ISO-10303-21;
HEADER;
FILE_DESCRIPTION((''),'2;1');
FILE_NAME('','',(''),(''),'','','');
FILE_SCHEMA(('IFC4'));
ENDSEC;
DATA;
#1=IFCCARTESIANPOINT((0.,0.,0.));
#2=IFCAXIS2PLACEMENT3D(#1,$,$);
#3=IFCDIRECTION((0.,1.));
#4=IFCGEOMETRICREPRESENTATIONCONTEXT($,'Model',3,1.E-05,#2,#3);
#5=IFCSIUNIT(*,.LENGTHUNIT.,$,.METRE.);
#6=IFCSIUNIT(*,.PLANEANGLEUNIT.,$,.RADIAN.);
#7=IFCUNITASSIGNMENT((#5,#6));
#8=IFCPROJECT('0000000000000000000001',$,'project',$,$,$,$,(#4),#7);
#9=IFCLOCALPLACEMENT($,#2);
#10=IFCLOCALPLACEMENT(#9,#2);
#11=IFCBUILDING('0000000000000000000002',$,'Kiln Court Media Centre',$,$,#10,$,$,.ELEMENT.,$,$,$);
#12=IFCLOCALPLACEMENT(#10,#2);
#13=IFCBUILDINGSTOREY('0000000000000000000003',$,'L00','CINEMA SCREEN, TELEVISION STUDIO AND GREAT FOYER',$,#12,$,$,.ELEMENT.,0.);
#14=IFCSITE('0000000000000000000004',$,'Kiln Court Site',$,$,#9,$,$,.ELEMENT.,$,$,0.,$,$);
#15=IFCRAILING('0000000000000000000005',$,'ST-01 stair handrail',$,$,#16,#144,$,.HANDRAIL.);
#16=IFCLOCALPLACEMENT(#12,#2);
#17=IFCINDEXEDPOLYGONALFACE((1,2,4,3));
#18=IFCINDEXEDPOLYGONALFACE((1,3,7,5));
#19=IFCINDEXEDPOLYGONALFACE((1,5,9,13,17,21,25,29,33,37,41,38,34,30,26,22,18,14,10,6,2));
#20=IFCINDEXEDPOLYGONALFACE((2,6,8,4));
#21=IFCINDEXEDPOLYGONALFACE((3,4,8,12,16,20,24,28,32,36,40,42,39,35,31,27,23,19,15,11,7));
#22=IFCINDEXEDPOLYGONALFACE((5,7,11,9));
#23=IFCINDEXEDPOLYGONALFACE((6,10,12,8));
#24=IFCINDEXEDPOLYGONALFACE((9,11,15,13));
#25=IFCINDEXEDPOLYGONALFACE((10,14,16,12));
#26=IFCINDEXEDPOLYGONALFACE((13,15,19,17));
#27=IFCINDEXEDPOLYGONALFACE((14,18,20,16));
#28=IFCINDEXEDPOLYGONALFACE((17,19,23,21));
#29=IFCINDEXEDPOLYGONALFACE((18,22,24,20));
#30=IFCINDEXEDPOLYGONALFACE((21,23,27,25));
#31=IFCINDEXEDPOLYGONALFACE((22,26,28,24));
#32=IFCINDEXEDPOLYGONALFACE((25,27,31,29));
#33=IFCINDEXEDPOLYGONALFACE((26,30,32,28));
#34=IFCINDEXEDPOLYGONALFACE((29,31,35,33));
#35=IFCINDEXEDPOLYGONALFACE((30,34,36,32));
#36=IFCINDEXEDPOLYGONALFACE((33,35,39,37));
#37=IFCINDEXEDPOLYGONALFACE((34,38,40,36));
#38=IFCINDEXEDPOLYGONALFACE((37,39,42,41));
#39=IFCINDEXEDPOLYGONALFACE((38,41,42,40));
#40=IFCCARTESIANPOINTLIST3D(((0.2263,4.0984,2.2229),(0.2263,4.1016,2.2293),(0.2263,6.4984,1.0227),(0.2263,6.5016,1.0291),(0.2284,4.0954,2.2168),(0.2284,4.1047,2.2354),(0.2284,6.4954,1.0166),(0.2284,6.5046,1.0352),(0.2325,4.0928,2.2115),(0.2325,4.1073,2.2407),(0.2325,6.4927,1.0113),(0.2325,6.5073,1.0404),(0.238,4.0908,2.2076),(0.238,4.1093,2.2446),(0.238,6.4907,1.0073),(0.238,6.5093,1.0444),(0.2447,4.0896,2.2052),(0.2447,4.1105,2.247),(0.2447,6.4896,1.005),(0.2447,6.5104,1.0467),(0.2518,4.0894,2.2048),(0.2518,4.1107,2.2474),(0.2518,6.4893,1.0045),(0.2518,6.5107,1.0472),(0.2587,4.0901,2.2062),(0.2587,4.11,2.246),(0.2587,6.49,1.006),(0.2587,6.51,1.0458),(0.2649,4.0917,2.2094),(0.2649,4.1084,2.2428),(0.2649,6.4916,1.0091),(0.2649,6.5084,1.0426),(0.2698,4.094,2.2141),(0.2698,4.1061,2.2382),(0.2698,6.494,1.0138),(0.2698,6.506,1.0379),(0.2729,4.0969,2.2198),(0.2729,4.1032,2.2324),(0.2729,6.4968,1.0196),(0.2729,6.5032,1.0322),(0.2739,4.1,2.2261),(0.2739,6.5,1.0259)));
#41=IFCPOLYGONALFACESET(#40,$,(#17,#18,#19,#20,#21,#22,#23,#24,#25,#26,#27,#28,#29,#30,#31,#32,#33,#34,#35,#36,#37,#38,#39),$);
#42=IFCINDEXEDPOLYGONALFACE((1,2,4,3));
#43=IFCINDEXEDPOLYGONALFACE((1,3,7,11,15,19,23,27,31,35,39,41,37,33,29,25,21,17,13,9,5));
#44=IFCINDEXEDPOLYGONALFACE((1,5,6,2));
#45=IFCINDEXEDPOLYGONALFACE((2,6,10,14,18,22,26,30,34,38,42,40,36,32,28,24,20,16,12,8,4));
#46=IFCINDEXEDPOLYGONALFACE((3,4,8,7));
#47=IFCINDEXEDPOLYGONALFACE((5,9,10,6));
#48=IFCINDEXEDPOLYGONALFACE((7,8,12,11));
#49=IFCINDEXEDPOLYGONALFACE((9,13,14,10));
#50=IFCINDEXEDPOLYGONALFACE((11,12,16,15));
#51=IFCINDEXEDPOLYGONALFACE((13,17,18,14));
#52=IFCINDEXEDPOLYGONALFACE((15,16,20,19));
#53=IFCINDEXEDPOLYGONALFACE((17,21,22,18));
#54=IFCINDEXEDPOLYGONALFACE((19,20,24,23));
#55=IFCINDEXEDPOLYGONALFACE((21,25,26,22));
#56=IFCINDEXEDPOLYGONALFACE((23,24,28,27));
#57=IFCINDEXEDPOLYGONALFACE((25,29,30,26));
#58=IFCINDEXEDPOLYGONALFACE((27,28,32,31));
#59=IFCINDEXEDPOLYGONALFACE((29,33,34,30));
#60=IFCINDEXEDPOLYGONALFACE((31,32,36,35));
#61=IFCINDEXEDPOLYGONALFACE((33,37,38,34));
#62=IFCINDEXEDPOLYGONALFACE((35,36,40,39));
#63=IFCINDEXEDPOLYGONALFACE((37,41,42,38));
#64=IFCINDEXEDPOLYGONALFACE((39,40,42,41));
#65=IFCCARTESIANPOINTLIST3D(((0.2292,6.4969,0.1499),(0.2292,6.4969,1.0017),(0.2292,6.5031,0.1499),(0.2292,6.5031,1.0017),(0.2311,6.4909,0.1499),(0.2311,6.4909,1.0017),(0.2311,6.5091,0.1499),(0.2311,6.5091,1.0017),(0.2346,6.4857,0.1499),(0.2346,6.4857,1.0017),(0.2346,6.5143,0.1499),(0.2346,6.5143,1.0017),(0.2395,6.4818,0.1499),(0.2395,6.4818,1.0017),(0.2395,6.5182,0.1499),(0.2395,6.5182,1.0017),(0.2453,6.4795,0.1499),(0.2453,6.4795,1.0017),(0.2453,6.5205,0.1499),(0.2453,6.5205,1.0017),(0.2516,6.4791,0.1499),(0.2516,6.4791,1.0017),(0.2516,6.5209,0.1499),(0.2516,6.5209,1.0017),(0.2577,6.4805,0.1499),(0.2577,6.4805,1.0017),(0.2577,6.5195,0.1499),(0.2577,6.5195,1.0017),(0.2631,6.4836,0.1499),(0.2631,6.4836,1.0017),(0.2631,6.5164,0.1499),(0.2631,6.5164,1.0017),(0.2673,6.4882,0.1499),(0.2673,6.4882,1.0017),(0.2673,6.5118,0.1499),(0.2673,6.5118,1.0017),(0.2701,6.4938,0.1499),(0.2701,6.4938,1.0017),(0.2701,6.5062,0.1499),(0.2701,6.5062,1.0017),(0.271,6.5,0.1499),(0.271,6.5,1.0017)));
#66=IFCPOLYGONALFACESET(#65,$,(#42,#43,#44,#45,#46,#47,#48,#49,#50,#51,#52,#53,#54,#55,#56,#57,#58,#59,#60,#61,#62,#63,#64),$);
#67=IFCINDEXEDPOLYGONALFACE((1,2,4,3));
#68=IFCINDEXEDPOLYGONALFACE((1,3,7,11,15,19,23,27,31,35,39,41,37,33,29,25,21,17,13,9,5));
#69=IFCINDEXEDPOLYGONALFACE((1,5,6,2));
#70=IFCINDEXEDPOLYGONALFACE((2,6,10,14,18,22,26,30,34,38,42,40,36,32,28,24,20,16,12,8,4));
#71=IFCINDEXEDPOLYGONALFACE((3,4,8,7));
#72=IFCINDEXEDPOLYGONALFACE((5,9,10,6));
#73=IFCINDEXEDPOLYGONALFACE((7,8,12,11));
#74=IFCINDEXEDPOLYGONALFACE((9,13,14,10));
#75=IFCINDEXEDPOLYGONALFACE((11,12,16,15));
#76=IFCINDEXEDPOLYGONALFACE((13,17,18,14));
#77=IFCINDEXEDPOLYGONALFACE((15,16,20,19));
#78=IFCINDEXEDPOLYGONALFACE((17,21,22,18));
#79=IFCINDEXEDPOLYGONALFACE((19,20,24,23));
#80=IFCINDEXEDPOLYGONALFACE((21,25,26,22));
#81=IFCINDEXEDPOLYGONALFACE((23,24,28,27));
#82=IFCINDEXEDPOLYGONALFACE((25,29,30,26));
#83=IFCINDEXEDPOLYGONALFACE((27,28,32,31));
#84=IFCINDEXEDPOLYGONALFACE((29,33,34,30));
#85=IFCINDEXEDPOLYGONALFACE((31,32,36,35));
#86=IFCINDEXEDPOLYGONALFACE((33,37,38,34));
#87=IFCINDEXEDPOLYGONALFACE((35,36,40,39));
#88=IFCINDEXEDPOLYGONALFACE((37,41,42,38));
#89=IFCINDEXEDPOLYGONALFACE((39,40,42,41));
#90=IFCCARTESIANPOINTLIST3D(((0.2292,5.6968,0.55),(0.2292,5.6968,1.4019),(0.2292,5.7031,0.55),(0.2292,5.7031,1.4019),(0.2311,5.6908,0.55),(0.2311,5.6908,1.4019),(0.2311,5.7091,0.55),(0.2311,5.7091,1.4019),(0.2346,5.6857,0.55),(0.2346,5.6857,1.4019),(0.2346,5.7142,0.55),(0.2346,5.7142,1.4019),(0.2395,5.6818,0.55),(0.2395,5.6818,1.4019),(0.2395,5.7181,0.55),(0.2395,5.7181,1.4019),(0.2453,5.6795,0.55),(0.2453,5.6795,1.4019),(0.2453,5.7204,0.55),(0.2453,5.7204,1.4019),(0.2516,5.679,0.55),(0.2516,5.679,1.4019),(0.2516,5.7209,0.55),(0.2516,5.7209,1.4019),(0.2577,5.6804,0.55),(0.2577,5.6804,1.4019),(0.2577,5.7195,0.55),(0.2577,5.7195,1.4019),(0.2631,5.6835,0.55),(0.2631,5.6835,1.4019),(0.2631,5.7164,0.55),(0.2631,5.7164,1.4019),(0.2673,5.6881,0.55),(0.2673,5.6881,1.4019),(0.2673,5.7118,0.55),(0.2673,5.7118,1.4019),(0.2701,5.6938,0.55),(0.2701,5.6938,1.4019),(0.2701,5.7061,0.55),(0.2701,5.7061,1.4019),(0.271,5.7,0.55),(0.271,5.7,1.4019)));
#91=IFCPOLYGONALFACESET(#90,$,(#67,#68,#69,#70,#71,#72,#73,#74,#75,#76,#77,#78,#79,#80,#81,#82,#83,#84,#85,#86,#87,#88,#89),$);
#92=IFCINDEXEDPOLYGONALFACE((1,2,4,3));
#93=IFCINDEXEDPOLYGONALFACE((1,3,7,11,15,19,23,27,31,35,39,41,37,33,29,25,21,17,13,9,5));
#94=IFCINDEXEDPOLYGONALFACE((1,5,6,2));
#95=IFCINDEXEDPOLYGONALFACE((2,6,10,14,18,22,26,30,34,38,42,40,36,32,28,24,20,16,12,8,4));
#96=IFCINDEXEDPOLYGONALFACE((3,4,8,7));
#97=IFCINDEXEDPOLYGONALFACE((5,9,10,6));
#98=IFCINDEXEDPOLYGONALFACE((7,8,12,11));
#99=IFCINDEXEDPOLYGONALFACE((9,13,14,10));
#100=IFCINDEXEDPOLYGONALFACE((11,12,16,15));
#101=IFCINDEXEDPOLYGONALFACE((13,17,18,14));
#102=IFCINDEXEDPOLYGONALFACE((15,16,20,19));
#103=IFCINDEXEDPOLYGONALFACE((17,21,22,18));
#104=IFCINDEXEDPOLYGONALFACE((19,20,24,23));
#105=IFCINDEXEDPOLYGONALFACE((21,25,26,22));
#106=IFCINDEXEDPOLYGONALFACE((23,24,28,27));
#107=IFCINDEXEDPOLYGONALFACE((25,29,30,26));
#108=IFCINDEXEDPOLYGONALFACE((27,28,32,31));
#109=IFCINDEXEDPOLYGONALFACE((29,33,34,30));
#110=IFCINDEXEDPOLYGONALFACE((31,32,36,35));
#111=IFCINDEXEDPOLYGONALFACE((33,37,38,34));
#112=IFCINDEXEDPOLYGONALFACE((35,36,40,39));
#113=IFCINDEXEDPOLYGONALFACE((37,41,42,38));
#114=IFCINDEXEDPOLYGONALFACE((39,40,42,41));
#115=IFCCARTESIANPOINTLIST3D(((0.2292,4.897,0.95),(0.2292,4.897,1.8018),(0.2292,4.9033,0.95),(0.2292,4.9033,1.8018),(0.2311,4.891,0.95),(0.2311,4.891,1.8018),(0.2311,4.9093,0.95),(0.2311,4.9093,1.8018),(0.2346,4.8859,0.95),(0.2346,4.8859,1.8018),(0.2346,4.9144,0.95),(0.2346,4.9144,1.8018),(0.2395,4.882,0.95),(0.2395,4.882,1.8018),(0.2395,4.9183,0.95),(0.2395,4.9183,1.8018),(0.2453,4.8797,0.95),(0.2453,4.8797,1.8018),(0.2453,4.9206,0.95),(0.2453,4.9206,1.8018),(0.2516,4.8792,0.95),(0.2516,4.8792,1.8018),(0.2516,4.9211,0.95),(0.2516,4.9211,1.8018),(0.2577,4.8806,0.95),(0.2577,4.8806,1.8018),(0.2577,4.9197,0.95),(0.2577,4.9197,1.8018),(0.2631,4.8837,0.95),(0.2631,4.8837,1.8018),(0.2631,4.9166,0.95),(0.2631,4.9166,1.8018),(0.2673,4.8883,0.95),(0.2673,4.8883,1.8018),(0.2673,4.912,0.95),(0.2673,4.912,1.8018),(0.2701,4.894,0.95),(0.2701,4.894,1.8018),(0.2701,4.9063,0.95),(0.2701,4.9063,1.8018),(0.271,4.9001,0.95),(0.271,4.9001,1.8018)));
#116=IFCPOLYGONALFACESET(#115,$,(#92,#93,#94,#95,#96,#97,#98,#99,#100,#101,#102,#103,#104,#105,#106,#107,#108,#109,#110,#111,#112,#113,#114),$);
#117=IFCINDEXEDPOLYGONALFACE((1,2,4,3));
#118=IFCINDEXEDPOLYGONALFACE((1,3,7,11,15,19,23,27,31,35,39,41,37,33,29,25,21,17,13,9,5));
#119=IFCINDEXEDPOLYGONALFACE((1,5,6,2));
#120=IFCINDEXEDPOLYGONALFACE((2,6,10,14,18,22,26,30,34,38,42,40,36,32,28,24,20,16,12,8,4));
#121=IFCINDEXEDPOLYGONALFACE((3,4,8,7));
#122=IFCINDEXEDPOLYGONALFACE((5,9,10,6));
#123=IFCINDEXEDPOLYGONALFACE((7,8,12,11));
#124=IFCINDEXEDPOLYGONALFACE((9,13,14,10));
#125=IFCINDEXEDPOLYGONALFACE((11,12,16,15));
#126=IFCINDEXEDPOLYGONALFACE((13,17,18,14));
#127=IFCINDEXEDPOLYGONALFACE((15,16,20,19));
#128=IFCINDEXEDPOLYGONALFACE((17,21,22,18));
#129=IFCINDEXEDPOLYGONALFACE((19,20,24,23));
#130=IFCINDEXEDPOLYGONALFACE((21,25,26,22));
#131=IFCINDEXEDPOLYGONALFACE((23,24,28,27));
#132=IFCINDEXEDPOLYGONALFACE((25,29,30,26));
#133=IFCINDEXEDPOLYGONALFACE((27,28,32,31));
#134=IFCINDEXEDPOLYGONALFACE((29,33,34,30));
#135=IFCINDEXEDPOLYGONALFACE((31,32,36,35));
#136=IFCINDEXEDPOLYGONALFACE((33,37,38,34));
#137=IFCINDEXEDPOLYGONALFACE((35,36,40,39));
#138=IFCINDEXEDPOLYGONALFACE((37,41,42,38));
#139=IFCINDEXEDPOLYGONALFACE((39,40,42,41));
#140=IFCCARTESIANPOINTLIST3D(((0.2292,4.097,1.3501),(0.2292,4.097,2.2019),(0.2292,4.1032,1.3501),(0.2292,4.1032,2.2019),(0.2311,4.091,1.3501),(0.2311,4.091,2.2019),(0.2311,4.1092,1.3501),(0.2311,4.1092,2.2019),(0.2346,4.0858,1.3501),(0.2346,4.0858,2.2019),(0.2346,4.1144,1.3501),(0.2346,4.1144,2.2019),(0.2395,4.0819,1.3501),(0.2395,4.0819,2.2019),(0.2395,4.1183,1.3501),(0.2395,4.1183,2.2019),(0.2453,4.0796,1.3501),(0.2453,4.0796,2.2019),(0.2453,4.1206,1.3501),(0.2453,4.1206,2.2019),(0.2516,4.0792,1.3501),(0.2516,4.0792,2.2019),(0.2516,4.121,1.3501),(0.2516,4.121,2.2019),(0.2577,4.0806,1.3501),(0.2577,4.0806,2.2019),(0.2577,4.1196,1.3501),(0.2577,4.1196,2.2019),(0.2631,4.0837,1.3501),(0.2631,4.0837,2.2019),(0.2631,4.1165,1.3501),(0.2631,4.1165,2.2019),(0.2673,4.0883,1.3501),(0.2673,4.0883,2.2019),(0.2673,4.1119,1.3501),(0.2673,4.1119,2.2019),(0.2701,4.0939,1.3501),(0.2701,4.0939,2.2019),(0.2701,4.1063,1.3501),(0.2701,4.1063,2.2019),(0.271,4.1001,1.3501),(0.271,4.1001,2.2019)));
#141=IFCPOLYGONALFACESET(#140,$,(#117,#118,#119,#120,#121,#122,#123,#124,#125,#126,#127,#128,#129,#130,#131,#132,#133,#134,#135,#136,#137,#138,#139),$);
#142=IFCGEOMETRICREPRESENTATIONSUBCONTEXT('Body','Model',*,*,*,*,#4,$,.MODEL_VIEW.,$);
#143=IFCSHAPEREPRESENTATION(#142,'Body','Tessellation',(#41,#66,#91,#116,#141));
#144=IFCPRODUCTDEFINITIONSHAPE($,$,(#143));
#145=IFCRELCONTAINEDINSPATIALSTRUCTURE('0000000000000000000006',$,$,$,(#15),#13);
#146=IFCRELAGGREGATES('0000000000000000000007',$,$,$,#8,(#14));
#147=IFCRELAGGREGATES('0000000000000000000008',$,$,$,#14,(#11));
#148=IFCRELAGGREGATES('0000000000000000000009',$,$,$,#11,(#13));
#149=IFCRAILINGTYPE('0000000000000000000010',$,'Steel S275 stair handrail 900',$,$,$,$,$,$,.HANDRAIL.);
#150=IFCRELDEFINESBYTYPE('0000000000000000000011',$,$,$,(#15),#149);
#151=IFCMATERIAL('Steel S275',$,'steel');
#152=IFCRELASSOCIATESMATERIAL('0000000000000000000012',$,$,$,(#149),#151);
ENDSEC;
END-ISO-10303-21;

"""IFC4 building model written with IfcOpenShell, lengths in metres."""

from ifc_helpers import new_model, si_unit, direction, frame, origin, origin_2d, place, context, subcontext, project, spatial, circle, extrude, material, type_object, element, save


model = new_model("IFC4")

# Units and contexts
model_context = context("Model", 3, precision=1e-05, world=origin(), true_north=direction((0.0, 1.0)))
body_context = subcontext(model_context, "Body", "Model", "MODEL_VIEW")
ifc_project = project(units=[si_unit("LENGTHUNIT", "METRE"), si_unit("PLANEANGLEUNIT", "RADIAN")], contexts=[model_context])

# Site, building, storey
site_placement = place(None, origin())
site = spatial("IfcSite", under=ifc_project, at=site_placement, Name="Kiln Court Site", CompositionType="ELEMENT", RefElevation=0.0)
building_placement = place(site_placement, origin())
building = spatial("IfcBuilding", under=site, at=building_placement, Name="Kiln Court Media Centre", CompositionType="ELEMENT")
storey_placement = place(building_placement, origin())
storey = spatial("IfcBuildingStorey", under=building, at=storey_placement, Name="L00", Description="CINEMA SCREEN, TELEVISION STUDIO AND GREAT FOYER", CompositionType="ELEMENT", Elevation=0.0)

# Railing
ifc_material_1 = material(Name="Steel S275", Category="steel")
railing_type_1 = type_object("IfcRailingType", Name="Steel S275 stair handrail 900", PredefinedType="HANDRAIL", material=ifc_material_1)
railing_1_placement = place(storey_placement, frame((0.25, 6.5, 0.1499)))
element("IfcRailing", 1, at=railing_1_placement, inside=storey, type_object=railing_type_1, Name="ST-01 stair handrail", PredefinedType="HANDRAIL", context=body_context, shape_type="SweptSolid", body=[
    extrude(circle(Radius=0.0239, at=origin_2d()), frame((0.0, 0.0, 0.876), z_axis=(0.0, -0.894391, 0.447286), x_axis=(1.0, 0.0, 0.0)), (0.0, 0.0, 1.0), 2.6833),
    extrude(circle(Radius=0.021, at=origin_2d()), origin(), (0.0, 0.0, 1.0), 0.8518),
    extrude(circle(Radius=0.021, at=origin_2d()), frame((0.0, -0.8, 0.4001)), (0.0, 0.0, 1.0), 0.8518),
    extrude(circle(Radius=0.021, at=origin_2d()), frame((0.0, -1.5999, 0.8)), (0.0, 0.0, 1.0), 0.8518),
    extrude(circle(Radius=0.021, at=origin_2d()), frame((0.0, -2.3999, 1.2002)), (0.0, 0.0, 1.0), 0.8518),
])

save(model, "model.ifc")
